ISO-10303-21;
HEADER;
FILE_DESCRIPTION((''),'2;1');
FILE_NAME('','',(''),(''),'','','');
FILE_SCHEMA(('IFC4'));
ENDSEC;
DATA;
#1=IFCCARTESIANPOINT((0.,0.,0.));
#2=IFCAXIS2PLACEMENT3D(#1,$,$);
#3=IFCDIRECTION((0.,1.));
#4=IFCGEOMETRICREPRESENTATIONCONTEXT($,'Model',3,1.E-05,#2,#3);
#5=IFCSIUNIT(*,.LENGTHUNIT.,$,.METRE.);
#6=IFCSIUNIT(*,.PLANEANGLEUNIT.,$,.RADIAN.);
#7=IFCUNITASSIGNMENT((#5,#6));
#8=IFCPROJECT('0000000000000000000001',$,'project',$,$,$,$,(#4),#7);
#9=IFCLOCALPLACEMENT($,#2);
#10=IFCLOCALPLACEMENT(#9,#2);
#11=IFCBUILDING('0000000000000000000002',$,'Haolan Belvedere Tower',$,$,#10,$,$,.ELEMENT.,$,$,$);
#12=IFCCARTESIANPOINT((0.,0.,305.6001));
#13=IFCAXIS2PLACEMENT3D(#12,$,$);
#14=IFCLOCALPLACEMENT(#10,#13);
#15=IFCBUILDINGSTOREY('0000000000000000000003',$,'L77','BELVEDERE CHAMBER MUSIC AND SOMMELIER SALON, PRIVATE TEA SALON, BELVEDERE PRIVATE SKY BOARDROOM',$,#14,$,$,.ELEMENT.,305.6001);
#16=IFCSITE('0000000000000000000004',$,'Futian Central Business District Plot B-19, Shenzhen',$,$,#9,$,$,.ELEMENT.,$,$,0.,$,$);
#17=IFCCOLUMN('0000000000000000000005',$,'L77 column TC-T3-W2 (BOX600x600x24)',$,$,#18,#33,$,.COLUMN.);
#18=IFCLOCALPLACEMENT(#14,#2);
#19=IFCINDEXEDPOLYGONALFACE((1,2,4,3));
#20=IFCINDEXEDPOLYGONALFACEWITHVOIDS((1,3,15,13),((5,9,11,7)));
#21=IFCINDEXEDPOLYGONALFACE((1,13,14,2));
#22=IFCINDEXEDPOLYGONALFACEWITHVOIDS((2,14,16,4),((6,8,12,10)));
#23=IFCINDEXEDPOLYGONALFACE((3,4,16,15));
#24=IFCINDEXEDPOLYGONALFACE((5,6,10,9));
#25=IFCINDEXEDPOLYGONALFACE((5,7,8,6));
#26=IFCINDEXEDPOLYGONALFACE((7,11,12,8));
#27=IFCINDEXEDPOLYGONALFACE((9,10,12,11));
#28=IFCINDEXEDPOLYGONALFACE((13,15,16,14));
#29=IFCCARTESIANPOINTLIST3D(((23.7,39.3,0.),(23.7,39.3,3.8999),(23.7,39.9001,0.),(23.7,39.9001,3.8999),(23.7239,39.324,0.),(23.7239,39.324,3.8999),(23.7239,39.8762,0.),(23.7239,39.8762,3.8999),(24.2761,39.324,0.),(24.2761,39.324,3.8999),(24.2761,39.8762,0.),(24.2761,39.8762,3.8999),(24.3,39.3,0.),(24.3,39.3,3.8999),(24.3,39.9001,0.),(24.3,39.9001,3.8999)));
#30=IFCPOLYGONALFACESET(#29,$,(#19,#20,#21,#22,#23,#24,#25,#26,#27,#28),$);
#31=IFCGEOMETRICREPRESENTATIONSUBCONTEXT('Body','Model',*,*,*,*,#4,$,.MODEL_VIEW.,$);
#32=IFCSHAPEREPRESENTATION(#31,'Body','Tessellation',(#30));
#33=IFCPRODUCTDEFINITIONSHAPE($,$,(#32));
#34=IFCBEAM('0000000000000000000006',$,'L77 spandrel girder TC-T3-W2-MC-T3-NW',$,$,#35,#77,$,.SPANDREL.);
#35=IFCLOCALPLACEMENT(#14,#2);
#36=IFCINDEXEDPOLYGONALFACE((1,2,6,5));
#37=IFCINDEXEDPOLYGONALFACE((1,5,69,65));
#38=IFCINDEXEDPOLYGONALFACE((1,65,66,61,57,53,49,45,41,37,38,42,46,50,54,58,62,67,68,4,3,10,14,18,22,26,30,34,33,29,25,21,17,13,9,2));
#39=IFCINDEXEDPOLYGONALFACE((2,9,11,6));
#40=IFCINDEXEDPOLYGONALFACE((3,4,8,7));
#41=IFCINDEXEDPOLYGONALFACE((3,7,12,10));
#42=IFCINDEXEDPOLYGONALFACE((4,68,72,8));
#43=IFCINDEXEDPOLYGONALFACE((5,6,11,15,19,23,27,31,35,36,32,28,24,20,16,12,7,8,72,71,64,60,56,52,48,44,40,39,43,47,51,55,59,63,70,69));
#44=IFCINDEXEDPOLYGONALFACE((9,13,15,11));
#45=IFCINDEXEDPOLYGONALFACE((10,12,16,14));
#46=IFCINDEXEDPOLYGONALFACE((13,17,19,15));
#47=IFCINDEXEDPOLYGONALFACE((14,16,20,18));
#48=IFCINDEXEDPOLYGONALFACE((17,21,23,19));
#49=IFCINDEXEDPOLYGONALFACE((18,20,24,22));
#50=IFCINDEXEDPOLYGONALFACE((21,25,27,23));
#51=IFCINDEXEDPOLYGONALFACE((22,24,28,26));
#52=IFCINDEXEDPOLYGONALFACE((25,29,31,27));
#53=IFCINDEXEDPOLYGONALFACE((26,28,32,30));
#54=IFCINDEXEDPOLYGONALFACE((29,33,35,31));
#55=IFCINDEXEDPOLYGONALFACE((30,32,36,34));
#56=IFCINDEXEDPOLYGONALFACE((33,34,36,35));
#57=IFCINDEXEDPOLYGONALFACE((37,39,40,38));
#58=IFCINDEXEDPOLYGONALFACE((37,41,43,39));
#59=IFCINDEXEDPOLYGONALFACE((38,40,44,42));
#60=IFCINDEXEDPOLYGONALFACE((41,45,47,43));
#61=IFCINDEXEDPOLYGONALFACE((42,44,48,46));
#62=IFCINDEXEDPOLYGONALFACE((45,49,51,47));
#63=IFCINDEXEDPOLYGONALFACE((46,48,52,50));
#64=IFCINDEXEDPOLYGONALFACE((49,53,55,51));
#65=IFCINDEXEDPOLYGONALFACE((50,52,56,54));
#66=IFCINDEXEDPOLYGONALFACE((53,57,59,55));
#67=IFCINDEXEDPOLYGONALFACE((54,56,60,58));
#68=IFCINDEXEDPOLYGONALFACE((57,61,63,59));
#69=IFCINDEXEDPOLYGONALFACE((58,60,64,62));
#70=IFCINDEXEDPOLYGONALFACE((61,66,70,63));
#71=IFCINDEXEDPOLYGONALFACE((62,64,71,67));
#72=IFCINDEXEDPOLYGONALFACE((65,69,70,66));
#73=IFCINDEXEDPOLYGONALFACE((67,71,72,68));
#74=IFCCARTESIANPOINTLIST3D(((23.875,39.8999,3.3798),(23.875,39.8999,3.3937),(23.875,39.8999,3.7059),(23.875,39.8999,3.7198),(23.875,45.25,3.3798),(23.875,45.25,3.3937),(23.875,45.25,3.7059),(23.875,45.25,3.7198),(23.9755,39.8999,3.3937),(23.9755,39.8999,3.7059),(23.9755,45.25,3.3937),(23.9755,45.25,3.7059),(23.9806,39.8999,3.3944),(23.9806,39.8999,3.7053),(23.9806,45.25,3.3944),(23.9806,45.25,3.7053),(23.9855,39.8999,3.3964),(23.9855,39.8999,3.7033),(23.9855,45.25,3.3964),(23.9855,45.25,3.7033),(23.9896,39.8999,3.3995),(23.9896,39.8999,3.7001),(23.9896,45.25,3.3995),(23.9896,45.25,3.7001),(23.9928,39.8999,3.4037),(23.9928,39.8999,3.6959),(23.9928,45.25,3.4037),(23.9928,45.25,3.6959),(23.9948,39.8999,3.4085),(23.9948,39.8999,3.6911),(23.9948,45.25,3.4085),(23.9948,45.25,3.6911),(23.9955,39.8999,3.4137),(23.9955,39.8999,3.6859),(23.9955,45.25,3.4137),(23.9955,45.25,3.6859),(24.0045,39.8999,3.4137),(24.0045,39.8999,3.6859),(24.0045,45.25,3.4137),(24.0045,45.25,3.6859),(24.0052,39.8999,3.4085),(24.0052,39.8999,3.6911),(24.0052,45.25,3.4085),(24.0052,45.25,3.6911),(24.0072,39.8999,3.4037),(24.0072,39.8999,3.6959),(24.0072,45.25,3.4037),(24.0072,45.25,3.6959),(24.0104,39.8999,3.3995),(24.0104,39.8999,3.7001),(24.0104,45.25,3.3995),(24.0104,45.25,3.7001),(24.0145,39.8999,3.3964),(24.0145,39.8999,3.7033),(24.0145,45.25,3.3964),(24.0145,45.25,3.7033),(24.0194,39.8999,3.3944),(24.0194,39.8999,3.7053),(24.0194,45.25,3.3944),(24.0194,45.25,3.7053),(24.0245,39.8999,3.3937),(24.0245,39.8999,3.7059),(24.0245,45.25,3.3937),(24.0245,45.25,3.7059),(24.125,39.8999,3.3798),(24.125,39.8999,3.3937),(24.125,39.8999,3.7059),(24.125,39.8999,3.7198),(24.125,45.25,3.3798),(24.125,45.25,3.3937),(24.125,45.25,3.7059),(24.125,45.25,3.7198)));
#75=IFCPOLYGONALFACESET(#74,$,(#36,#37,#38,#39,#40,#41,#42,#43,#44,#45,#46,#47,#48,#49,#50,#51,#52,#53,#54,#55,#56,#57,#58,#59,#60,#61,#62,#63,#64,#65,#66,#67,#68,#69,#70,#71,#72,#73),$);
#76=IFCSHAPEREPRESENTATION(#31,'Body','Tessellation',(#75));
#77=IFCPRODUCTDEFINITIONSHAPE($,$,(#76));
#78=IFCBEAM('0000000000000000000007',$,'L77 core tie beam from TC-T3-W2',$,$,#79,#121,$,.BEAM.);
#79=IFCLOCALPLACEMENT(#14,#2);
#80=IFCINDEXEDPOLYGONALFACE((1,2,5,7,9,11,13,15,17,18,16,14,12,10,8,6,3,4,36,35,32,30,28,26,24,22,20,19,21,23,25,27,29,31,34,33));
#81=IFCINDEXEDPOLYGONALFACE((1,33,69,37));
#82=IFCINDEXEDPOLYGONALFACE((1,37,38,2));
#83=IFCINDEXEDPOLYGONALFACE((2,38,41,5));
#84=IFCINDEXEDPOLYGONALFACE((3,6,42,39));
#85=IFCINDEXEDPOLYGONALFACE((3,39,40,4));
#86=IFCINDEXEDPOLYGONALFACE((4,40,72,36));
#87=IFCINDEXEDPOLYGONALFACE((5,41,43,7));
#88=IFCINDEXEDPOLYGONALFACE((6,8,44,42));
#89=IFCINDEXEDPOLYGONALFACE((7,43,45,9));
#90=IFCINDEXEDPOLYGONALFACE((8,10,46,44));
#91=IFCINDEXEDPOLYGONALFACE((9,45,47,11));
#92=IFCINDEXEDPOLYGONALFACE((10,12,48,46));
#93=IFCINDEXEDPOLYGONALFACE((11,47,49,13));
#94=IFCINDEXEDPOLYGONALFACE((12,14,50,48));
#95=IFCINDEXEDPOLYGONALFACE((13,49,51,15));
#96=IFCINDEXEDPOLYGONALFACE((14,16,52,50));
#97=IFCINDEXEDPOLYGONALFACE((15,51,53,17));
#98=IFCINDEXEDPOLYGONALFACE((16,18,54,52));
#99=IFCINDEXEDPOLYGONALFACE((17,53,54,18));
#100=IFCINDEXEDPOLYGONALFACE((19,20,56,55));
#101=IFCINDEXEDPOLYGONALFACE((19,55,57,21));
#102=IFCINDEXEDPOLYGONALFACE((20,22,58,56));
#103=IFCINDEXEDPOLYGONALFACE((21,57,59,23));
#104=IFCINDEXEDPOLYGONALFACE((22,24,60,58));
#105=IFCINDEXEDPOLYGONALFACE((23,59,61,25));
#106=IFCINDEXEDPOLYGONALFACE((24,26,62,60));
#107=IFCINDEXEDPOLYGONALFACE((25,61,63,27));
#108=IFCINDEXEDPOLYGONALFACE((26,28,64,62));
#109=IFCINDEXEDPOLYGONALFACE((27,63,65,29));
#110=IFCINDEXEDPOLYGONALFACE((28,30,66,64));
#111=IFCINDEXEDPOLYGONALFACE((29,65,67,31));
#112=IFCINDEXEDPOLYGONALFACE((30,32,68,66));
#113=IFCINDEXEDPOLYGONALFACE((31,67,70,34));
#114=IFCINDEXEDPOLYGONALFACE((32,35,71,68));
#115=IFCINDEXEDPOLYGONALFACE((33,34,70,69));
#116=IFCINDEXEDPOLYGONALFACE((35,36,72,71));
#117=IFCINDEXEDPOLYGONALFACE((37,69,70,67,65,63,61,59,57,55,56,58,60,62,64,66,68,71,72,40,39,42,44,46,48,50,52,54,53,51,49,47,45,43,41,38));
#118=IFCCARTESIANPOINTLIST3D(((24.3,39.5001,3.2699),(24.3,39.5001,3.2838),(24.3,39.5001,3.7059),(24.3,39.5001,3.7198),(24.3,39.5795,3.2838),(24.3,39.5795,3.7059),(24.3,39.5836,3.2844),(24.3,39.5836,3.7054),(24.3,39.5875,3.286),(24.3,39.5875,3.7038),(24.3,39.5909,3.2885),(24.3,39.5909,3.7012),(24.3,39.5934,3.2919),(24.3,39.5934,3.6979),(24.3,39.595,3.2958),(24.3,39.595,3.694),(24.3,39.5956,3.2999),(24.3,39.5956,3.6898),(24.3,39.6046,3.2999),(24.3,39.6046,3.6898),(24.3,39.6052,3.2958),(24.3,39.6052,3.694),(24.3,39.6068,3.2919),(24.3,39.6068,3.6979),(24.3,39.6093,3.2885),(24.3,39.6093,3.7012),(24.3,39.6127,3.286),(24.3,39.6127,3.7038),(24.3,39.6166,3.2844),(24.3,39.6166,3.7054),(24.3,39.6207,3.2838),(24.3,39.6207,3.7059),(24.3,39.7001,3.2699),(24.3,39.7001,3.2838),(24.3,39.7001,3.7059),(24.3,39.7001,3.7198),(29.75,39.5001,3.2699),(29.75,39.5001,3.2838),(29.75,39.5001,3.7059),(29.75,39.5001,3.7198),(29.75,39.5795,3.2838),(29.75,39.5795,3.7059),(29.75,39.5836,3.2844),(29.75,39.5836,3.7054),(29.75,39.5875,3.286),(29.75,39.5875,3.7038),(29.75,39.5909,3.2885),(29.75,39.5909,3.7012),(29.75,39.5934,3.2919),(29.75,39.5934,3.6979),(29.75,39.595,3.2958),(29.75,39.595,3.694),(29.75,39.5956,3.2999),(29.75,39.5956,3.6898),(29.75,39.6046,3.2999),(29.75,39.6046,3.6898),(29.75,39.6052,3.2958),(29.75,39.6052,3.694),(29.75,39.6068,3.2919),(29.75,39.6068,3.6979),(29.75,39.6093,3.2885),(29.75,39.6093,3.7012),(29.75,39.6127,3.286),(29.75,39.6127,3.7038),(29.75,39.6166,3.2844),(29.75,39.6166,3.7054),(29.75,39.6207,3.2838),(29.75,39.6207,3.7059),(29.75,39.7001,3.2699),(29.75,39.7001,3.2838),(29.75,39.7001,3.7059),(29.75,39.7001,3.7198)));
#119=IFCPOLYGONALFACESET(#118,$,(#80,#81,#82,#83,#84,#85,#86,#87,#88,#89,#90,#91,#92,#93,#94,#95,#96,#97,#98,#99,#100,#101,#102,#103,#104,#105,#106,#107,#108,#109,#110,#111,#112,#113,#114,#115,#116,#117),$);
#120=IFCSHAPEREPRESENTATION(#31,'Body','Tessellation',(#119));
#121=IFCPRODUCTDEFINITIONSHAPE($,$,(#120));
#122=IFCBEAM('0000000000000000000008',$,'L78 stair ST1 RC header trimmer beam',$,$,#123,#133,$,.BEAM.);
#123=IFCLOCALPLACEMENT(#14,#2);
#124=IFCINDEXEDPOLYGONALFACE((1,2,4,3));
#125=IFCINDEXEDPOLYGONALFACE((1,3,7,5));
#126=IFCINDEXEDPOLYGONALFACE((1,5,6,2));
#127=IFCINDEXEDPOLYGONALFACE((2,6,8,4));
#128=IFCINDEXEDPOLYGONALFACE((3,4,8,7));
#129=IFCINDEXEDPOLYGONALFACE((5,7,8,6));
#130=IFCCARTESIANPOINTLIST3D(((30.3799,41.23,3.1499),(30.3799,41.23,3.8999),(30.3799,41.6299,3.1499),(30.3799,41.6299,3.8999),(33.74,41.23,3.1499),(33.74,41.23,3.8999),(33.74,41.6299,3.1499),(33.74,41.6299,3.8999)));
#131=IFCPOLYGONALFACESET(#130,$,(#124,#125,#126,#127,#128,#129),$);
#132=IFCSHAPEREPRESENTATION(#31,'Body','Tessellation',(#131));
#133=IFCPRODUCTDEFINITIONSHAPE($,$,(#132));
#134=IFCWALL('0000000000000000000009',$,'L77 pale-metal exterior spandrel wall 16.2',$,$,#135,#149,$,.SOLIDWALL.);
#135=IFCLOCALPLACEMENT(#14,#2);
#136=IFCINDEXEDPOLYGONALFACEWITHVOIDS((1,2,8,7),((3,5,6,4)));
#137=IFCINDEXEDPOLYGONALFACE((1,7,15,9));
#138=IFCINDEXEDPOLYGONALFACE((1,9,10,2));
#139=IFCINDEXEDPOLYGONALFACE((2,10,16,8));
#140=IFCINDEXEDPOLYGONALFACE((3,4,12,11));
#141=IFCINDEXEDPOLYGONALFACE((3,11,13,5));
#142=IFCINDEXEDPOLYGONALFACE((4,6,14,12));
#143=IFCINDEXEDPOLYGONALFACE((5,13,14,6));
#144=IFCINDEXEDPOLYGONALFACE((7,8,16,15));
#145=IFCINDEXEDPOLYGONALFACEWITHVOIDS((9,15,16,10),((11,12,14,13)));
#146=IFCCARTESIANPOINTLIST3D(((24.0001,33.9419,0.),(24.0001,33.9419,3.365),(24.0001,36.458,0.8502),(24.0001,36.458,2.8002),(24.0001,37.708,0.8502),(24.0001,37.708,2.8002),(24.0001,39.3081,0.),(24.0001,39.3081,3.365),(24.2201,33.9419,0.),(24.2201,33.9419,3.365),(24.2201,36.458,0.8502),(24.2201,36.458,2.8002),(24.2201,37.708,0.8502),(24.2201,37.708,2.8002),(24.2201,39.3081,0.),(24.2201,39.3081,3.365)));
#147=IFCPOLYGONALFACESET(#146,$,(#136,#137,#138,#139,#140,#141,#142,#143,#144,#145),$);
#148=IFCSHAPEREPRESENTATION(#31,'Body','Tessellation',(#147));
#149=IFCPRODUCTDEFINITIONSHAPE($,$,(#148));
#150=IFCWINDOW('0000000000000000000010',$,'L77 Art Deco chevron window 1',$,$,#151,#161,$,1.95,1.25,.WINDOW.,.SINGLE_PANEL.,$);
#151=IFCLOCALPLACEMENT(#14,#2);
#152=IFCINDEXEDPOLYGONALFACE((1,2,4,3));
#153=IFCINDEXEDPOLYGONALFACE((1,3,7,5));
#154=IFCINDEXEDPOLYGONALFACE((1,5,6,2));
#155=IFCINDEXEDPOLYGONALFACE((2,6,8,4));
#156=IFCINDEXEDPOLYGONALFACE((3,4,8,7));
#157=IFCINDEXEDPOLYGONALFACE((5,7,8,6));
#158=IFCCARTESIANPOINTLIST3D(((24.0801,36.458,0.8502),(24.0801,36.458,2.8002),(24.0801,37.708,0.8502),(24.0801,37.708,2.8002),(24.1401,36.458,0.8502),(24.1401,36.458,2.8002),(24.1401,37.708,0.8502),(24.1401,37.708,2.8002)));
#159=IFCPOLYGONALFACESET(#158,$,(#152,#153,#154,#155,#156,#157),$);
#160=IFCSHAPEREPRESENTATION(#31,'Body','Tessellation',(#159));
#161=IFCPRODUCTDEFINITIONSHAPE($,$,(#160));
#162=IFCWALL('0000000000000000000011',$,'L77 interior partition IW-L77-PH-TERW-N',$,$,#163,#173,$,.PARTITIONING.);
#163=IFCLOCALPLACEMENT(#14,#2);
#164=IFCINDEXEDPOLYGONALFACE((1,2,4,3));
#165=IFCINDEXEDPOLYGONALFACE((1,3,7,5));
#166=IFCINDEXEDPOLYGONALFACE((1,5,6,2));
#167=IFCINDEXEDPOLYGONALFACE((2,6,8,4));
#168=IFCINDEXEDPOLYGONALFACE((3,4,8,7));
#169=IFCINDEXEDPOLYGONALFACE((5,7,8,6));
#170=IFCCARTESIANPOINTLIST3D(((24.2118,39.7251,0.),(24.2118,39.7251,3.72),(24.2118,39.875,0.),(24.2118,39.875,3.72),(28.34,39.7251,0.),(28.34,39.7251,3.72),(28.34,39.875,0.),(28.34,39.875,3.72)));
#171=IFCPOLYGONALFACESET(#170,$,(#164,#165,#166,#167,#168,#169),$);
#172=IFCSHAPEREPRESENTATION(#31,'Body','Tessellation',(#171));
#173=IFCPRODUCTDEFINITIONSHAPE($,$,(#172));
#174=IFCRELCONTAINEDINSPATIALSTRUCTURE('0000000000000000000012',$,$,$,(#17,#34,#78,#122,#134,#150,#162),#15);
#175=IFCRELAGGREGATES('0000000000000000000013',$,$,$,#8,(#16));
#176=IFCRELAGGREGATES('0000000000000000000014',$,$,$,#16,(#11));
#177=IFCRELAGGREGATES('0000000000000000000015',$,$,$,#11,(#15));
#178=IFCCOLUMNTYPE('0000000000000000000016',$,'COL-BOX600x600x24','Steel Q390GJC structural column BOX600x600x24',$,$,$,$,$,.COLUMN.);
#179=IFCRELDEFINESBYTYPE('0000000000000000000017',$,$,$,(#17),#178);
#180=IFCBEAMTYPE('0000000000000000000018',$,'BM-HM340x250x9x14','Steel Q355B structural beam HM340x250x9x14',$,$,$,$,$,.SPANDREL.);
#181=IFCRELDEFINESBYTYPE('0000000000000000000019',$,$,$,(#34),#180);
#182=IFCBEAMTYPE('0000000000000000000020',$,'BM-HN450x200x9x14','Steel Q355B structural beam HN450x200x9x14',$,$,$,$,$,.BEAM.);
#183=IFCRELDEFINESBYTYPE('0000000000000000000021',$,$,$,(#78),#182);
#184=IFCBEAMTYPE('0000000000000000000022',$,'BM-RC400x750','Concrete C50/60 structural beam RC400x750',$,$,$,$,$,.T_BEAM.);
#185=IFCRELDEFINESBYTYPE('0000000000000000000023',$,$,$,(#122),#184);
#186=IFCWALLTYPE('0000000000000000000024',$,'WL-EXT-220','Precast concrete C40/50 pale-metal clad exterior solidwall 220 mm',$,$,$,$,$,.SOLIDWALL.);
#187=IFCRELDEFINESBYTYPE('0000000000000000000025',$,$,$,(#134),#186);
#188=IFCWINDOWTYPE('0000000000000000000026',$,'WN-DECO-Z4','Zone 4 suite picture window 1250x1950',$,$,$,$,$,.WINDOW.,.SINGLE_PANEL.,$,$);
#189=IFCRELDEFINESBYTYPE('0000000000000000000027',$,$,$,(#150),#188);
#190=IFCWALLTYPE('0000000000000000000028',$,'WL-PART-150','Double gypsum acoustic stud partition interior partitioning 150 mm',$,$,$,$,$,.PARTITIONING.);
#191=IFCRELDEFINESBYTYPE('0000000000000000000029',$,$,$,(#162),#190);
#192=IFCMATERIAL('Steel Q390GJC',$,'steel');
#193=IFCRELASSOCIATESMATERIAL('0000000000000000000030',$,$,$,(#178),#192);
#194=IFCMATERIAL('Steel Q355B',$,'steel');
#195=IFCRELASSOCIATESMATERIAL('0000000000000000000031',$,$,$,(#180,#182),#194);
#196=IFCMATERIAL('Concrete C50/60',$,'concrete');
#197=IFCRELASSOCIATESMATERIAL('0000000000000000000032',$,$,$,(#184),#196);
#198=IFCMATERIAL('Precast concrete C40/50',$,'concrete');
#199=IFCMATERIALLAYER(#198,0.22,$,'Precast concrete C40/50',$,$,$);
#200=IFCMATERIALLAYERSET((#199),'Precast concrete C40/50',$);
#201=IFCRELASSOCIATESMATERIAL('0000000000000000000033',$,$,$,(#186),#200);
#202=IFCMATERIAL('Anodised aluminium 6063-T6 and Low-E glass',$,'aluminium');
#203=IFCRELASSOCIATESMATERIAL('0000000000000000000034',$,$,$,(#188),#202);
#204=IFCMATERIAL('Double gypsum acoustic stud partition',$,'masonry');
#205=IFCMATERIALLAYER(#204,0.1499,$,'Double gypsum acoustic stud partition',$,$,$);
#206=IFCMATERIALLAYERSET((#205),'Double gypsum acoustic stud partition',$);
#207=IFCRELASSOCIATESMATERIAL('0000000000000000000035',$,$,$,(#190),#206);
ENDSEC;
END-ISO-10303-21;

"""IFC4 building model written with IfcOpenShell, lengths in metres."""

from ifc_helpers import new_model, si_unit, direction, frame, frame_2d, origin, origin_2d, place, context, subcontext, project, spatial, rectangle, hollow_rectangle, i_section, extrude, material, layer, layer_set, material_profile, profile_set, type_object, element, fill, save


model = new_model("IFC4")

# Units and contexts
model_context = context("Model", 3, precision=1e-05, world=origin(), true_north=direction((0.0, 1.0)))
body_context = subcontext(model_context, "Body", "Model", "MODEL_VIEW")
ifc_project = project(units=[si_unit("LENGTHUNIT", "METRE"), si_unit("PLANEANGLEUNIT", "RADIAN")], contexts=[model_context])

# Site, building, storey
site_placement = place(None, origin())
site = spatial("IfcSite", under=ifc_project, at=site_placement, Name="Futian Central Business District Plot B-19, Shenzhen", CompositionType="ELEMENT", RefElevation=0.0)
building_placement = place(site_placement, origin())
building = spatial("IfcBuilding", under=site, at=building_placement, Name="Haolan Belvedere Tower", CompositionType="ELEMENT")
storey_placement = place(building_placement, frame((0.0, 0.0, 305.6001)))
storey = spatial("IfcBuildingStorey", under=building, at=storey_placement, Name="L77", Description="BELVEDERE CHAMBER MUSIC AND SOMMELIER SALON, PRIVATE TEA SALON, BELVEDERE PRIVATE SKY BOARDROOM", CompositionType="ELEMENT", Elevation=305.6001)

# Column
ifc_material_1 = material(Name="Steel Q390GJC", Category="steel")
ifc_material_profile_1 = material_profile(ifc_material_1, hollow_rectangle(XDim=0.6001, YDim=0.6001, WallThickness=0.0239, at=origin_2d()), Name="Steel Q390GJC")
ifc_profile_set_1 = profile_set([ifc_material_profile_1], Name="Steel Q390GJC")
column_type = type_object("IfcColumnType", Name="COL-BOX600x600x24", Description="Steel Q390GJC structural column BOX600x600x24", PredefinedType="COLUMN", material=ifc_profile_set_1)
column_placement = place(storey_placement, frame((24.0, 39.6001, 0.0), z_axis=(0.0, 0.0, 1.0), x_axis=(1.0, 0.0, 0.0)))
element("IfcColumn", 1, at=column_placement, inside=storey, type_object=column_type, Name="L77 column TC-T3-W2 (BOX600x600x24)", PredefinedType="COLUMN", context=body_context, shape_type="SweptSolid", body=[
    extrude(hollow_rectangle(XDim=0.6001, YDim=0.6001, WallThickness=0.0239, at=origin_2d()), origin(), (0.0, 0.0, 1.0), 3.8999),
])

# Beams
ifc_material_2 = material(Name="Steel Q355B", Category="steel")
ifc_material_profile_2 = material_profile(ifc_material_2, i_section(OverallWidth=0.25, OverallDepth=0.3401, WebThickness=0.009, FlangeThickness=0.0139, FilletRadius=0.02, at=origin_2d()), Name="Steel Q355B")
ifc_profile_set_2 = profile_set([ifc_material_profile_2], Name="Steel Q355B")
beam_type_1 = type_object("IfcBeamType", Name="BM-HM340x250x9x14", Description="Steel Q355B structural beam HM340x250x9x14", PredefinedType="SPANDREL", material=ifc_profile_set_2)
beam_1_placement = place(storey_placement, frame((24.0, 39.8999, 3.5498), z_axis=(0.0, 1.0, 0.0), x_axis=(-1.0, 0.0, 0.0)))
element("IfcBeam", 2, at=beam_1_placement, inside=storey, type_object=beam_type_1, Name="L77 spandrel girder TC-T3-W2-MC-T3-NW", PredefinedType="SPANDREL", context=body_context, shape_type="SweptSolid", body=[
    extrude(i_section(OverallWidth=0.25, OverallDepth=0.3401, WebThickness=0.009, FlangeThickness=0.0139, FilletRadius=0.02, at=origin_2d()), origin(), (0.0, 0.0, 1.0), 5.3501),
])
ifc_material_profile_3 = material_profile(ifc_material_2, i_section(OverallWidth=0.2, OverallDepth=0.45, WebThickness=0.009, FlangeThickness=0.0139, FilletRadius=0.0161, at=origin_2d()), Name="Steel Q355B")
ifc_profile_set_3 = profile_set([ifc_material_profile_3], Name="Steel Q355B")
beam_type_2 = type_object("IfcBeamType", Name="BM-HN450x200x9x14", Description="Steel Q355B structural beam HN450x200x9x14", PredefinedType="BEAM", material=ifc_profile_set_3)
beam_2_placement = place(storey_placement, frame((24.3, 39.6001, 3.4949), z_axis=(1.0, 0.0, 0.0), x_axis=(0.0, 1.0, 0.0)))
element("IfcBeam", 3, at=beam_2_placement, inside=storey, type_object=beam_type_2, Name="L77 core tie beam from TC-T3-W2", PredefinedType="BEAM", context=body_context, shape_type="SweptSolid", body=[
    extrude(i_section(OverallWidth=0.2, OverallDepth=0.45, WebThickness=0.009, FlangeThickness=0.0139, FilletRadius=0.0161, at=origin_2d()), origin(), (0.0, 0.0, 1.0), 5.45),
])
ifc_material_3 = material(Name="Concrete C50/60", Category="concrete")
ifc_material_profile_4 = material_profile(ifc_material_3, rectangle(XDim=0.3999, YDim=0.75, at=origin_2d()), Name="Concrete C50/60")
ifc_profile_set_4 = profile_set([ifc_material_profile_4], Name="Concrete C50/60")
beam_type_3 = type_object("IfcBeamType", Name="BM-RC400x750", Description="Concrete C50/60 structural beam RC400x750", PredefinedType="T_BEAM", material=ifc_profile_set_4)
beam_3_placement = place(storey_placement, frame((30.3799, 41.4299, 3.5249), z_axis=(1.0, 0.0, 0.0), x_axis=(0.0, 1.0, 0.0)))
element("IfcBeam", 4, at=beam_3_placement, inside=storey, type_object=beam_type_3, Name="L78 stair ST1 RC header trimmer beam", PredefinedType="BEAM", context=body_context, shape_type="SweptSolid", body=[
    extrude(rectangle(XDim=0.3999, YDim=0.75, at=origin_2d()), origin(), (0.0, 0.0, 1.0), 3.3601),
])

# Wall, opening, window
ifc_material_4 = material(Name="Precast concrete C40/50", Category="concrete")
ifc_layer_1 = layer(ifc_material_4, 0.22, Name="Precast concrete C40/50")
ifc_layer_set_1 = layer_set([ifc_layer_1], Name="Precast concrete C40/50")
wall_type_1 = type_object("IfcWallType", Name="WL-EXT-220", Description="Precast concrete C40/50 pale-metal clad exterior solidwall 220 mm", PredefinedType="SOLIDWALL", material=ifc_layer_set_1)
wall_1_placement = place(storey_placement, frame((24.1101, 39.3081, 0.0), z_axis=(0.0, 0.0, 1.0), x_axis=(0.0, -1.0, 0.0)))
wall_1 = element("IfcWall", 5, at=wall_1_placement, inside=storey, type_object=wall_type_1, Name="L77 pale-metal exterior spandrel wall 16.2", PredefinedType="SOLIDWALL", context=body_context, shape_type="SweptSolid", body=[
    extrude(rectangle(XDim=5.3662, YDim=0.22, at=frame_2d((2.6831, 0.0))), origin(), (0.0, 0.0, 1.0), 3.365),
])
opening_1_placement = place(wall_1_placement, frame((1.6001, 0.0, 0.8501)))
opening_1 = element("IfcOpeningElement", 6, at=opening_1_placement, cuts=wall_1, PredefinedType="OPENING", context=body_context, shape_type="SweptSolid", body=[
    extrude(rectangle(XDim=1.25, YDim=1.95, at=frame_2d((0.625, 0.9751))), frame((0.0, 0.1199, 0.0), z_axis=(0.0, -1.0, 0.0), x_axis=(1.0, 0.0, 0.0)), (0.0, 0.0, 1.0), 0.24),
])
ifc_material_5 = material(Name="Anodised aluminium 6063-T6 and Low-E glass", Category="aluminium")
window_type = type_object("IfcWindowType", Name="WN-DECO-Z4", Description="Zone 4 suite picture window 1250x1950", PartitioningType="SINGLE_PANEL", PredefinedType="WINDOW", material=ifc_material_5)
window_placement = place(opening_1_placement, origin())
window = element("IfcWindow", 7, at=window_placement, inside=storey, type_object=window_type, Name="L77 Art Deco chevron window 1", OverallHeight=1.95, OverallWidth=1.25, PartitioningType="SINGLE_PANEL", PredefinedType="WINDOW", context=body_context, shape_type="SweptSolid", body=[
    extrude(rectangle(XDim=1.25, YDim=1.95, at=frame_2d((0.625, 0.9751))), frame((0.0, 0.03, 0.0), z_axis=(0.0, -1.0, 0.0), x_axis=(1.0, 0.0, 0.0)), (0.0, 0.0, 1.0), 0.0601),
])
fill(opening_1, window)

# Wall
ifc_material_6 = material(Name="Double gypsum acoustic stud partition", Category="masonry")
ifc_layer_2 = layer(ifc_material_6, 0.1499, Name="Double gypsum acoustic stud partition")
ifc_layer_set_2 = layer_set([ifc_layer_2], Name="Double gypsum acoustic stud partition")
wall_type_2 = type_object("IfcWallType", Name="WL-PART-150", Description="Double gypsum acoustic stud partition interior partitioning 150 mm", PredefinedType="PARTITIONING", material=ifc_layer_set_2)
for number, where, z_axis, x_axis, name in (
    (8, (24.2119, 39.8, 0.0), (0.0, 0.0, 1.0), (1.0, 0.0, 0.0), "L77 interior partition IW-L77-PH-TERW-N"),
):
    element("IfcWall", number, at=place(storey_placement, frame(where, z_axis=z_axis, x_axis=x_axis)), inside=storey, type_object=wall_type_2, Name=name, PredefinedType="PARTITIONING", context=body_context, shape_type="SweptSolid", body=[
        extrude(rectangle(XDim=4.1282, YDim=0.1499, at=frame_2d((2.064, 0.0))), origin(), (0.0, 0.0, 1.0), 3.72),
    ])

save(model, "model.ifc")
